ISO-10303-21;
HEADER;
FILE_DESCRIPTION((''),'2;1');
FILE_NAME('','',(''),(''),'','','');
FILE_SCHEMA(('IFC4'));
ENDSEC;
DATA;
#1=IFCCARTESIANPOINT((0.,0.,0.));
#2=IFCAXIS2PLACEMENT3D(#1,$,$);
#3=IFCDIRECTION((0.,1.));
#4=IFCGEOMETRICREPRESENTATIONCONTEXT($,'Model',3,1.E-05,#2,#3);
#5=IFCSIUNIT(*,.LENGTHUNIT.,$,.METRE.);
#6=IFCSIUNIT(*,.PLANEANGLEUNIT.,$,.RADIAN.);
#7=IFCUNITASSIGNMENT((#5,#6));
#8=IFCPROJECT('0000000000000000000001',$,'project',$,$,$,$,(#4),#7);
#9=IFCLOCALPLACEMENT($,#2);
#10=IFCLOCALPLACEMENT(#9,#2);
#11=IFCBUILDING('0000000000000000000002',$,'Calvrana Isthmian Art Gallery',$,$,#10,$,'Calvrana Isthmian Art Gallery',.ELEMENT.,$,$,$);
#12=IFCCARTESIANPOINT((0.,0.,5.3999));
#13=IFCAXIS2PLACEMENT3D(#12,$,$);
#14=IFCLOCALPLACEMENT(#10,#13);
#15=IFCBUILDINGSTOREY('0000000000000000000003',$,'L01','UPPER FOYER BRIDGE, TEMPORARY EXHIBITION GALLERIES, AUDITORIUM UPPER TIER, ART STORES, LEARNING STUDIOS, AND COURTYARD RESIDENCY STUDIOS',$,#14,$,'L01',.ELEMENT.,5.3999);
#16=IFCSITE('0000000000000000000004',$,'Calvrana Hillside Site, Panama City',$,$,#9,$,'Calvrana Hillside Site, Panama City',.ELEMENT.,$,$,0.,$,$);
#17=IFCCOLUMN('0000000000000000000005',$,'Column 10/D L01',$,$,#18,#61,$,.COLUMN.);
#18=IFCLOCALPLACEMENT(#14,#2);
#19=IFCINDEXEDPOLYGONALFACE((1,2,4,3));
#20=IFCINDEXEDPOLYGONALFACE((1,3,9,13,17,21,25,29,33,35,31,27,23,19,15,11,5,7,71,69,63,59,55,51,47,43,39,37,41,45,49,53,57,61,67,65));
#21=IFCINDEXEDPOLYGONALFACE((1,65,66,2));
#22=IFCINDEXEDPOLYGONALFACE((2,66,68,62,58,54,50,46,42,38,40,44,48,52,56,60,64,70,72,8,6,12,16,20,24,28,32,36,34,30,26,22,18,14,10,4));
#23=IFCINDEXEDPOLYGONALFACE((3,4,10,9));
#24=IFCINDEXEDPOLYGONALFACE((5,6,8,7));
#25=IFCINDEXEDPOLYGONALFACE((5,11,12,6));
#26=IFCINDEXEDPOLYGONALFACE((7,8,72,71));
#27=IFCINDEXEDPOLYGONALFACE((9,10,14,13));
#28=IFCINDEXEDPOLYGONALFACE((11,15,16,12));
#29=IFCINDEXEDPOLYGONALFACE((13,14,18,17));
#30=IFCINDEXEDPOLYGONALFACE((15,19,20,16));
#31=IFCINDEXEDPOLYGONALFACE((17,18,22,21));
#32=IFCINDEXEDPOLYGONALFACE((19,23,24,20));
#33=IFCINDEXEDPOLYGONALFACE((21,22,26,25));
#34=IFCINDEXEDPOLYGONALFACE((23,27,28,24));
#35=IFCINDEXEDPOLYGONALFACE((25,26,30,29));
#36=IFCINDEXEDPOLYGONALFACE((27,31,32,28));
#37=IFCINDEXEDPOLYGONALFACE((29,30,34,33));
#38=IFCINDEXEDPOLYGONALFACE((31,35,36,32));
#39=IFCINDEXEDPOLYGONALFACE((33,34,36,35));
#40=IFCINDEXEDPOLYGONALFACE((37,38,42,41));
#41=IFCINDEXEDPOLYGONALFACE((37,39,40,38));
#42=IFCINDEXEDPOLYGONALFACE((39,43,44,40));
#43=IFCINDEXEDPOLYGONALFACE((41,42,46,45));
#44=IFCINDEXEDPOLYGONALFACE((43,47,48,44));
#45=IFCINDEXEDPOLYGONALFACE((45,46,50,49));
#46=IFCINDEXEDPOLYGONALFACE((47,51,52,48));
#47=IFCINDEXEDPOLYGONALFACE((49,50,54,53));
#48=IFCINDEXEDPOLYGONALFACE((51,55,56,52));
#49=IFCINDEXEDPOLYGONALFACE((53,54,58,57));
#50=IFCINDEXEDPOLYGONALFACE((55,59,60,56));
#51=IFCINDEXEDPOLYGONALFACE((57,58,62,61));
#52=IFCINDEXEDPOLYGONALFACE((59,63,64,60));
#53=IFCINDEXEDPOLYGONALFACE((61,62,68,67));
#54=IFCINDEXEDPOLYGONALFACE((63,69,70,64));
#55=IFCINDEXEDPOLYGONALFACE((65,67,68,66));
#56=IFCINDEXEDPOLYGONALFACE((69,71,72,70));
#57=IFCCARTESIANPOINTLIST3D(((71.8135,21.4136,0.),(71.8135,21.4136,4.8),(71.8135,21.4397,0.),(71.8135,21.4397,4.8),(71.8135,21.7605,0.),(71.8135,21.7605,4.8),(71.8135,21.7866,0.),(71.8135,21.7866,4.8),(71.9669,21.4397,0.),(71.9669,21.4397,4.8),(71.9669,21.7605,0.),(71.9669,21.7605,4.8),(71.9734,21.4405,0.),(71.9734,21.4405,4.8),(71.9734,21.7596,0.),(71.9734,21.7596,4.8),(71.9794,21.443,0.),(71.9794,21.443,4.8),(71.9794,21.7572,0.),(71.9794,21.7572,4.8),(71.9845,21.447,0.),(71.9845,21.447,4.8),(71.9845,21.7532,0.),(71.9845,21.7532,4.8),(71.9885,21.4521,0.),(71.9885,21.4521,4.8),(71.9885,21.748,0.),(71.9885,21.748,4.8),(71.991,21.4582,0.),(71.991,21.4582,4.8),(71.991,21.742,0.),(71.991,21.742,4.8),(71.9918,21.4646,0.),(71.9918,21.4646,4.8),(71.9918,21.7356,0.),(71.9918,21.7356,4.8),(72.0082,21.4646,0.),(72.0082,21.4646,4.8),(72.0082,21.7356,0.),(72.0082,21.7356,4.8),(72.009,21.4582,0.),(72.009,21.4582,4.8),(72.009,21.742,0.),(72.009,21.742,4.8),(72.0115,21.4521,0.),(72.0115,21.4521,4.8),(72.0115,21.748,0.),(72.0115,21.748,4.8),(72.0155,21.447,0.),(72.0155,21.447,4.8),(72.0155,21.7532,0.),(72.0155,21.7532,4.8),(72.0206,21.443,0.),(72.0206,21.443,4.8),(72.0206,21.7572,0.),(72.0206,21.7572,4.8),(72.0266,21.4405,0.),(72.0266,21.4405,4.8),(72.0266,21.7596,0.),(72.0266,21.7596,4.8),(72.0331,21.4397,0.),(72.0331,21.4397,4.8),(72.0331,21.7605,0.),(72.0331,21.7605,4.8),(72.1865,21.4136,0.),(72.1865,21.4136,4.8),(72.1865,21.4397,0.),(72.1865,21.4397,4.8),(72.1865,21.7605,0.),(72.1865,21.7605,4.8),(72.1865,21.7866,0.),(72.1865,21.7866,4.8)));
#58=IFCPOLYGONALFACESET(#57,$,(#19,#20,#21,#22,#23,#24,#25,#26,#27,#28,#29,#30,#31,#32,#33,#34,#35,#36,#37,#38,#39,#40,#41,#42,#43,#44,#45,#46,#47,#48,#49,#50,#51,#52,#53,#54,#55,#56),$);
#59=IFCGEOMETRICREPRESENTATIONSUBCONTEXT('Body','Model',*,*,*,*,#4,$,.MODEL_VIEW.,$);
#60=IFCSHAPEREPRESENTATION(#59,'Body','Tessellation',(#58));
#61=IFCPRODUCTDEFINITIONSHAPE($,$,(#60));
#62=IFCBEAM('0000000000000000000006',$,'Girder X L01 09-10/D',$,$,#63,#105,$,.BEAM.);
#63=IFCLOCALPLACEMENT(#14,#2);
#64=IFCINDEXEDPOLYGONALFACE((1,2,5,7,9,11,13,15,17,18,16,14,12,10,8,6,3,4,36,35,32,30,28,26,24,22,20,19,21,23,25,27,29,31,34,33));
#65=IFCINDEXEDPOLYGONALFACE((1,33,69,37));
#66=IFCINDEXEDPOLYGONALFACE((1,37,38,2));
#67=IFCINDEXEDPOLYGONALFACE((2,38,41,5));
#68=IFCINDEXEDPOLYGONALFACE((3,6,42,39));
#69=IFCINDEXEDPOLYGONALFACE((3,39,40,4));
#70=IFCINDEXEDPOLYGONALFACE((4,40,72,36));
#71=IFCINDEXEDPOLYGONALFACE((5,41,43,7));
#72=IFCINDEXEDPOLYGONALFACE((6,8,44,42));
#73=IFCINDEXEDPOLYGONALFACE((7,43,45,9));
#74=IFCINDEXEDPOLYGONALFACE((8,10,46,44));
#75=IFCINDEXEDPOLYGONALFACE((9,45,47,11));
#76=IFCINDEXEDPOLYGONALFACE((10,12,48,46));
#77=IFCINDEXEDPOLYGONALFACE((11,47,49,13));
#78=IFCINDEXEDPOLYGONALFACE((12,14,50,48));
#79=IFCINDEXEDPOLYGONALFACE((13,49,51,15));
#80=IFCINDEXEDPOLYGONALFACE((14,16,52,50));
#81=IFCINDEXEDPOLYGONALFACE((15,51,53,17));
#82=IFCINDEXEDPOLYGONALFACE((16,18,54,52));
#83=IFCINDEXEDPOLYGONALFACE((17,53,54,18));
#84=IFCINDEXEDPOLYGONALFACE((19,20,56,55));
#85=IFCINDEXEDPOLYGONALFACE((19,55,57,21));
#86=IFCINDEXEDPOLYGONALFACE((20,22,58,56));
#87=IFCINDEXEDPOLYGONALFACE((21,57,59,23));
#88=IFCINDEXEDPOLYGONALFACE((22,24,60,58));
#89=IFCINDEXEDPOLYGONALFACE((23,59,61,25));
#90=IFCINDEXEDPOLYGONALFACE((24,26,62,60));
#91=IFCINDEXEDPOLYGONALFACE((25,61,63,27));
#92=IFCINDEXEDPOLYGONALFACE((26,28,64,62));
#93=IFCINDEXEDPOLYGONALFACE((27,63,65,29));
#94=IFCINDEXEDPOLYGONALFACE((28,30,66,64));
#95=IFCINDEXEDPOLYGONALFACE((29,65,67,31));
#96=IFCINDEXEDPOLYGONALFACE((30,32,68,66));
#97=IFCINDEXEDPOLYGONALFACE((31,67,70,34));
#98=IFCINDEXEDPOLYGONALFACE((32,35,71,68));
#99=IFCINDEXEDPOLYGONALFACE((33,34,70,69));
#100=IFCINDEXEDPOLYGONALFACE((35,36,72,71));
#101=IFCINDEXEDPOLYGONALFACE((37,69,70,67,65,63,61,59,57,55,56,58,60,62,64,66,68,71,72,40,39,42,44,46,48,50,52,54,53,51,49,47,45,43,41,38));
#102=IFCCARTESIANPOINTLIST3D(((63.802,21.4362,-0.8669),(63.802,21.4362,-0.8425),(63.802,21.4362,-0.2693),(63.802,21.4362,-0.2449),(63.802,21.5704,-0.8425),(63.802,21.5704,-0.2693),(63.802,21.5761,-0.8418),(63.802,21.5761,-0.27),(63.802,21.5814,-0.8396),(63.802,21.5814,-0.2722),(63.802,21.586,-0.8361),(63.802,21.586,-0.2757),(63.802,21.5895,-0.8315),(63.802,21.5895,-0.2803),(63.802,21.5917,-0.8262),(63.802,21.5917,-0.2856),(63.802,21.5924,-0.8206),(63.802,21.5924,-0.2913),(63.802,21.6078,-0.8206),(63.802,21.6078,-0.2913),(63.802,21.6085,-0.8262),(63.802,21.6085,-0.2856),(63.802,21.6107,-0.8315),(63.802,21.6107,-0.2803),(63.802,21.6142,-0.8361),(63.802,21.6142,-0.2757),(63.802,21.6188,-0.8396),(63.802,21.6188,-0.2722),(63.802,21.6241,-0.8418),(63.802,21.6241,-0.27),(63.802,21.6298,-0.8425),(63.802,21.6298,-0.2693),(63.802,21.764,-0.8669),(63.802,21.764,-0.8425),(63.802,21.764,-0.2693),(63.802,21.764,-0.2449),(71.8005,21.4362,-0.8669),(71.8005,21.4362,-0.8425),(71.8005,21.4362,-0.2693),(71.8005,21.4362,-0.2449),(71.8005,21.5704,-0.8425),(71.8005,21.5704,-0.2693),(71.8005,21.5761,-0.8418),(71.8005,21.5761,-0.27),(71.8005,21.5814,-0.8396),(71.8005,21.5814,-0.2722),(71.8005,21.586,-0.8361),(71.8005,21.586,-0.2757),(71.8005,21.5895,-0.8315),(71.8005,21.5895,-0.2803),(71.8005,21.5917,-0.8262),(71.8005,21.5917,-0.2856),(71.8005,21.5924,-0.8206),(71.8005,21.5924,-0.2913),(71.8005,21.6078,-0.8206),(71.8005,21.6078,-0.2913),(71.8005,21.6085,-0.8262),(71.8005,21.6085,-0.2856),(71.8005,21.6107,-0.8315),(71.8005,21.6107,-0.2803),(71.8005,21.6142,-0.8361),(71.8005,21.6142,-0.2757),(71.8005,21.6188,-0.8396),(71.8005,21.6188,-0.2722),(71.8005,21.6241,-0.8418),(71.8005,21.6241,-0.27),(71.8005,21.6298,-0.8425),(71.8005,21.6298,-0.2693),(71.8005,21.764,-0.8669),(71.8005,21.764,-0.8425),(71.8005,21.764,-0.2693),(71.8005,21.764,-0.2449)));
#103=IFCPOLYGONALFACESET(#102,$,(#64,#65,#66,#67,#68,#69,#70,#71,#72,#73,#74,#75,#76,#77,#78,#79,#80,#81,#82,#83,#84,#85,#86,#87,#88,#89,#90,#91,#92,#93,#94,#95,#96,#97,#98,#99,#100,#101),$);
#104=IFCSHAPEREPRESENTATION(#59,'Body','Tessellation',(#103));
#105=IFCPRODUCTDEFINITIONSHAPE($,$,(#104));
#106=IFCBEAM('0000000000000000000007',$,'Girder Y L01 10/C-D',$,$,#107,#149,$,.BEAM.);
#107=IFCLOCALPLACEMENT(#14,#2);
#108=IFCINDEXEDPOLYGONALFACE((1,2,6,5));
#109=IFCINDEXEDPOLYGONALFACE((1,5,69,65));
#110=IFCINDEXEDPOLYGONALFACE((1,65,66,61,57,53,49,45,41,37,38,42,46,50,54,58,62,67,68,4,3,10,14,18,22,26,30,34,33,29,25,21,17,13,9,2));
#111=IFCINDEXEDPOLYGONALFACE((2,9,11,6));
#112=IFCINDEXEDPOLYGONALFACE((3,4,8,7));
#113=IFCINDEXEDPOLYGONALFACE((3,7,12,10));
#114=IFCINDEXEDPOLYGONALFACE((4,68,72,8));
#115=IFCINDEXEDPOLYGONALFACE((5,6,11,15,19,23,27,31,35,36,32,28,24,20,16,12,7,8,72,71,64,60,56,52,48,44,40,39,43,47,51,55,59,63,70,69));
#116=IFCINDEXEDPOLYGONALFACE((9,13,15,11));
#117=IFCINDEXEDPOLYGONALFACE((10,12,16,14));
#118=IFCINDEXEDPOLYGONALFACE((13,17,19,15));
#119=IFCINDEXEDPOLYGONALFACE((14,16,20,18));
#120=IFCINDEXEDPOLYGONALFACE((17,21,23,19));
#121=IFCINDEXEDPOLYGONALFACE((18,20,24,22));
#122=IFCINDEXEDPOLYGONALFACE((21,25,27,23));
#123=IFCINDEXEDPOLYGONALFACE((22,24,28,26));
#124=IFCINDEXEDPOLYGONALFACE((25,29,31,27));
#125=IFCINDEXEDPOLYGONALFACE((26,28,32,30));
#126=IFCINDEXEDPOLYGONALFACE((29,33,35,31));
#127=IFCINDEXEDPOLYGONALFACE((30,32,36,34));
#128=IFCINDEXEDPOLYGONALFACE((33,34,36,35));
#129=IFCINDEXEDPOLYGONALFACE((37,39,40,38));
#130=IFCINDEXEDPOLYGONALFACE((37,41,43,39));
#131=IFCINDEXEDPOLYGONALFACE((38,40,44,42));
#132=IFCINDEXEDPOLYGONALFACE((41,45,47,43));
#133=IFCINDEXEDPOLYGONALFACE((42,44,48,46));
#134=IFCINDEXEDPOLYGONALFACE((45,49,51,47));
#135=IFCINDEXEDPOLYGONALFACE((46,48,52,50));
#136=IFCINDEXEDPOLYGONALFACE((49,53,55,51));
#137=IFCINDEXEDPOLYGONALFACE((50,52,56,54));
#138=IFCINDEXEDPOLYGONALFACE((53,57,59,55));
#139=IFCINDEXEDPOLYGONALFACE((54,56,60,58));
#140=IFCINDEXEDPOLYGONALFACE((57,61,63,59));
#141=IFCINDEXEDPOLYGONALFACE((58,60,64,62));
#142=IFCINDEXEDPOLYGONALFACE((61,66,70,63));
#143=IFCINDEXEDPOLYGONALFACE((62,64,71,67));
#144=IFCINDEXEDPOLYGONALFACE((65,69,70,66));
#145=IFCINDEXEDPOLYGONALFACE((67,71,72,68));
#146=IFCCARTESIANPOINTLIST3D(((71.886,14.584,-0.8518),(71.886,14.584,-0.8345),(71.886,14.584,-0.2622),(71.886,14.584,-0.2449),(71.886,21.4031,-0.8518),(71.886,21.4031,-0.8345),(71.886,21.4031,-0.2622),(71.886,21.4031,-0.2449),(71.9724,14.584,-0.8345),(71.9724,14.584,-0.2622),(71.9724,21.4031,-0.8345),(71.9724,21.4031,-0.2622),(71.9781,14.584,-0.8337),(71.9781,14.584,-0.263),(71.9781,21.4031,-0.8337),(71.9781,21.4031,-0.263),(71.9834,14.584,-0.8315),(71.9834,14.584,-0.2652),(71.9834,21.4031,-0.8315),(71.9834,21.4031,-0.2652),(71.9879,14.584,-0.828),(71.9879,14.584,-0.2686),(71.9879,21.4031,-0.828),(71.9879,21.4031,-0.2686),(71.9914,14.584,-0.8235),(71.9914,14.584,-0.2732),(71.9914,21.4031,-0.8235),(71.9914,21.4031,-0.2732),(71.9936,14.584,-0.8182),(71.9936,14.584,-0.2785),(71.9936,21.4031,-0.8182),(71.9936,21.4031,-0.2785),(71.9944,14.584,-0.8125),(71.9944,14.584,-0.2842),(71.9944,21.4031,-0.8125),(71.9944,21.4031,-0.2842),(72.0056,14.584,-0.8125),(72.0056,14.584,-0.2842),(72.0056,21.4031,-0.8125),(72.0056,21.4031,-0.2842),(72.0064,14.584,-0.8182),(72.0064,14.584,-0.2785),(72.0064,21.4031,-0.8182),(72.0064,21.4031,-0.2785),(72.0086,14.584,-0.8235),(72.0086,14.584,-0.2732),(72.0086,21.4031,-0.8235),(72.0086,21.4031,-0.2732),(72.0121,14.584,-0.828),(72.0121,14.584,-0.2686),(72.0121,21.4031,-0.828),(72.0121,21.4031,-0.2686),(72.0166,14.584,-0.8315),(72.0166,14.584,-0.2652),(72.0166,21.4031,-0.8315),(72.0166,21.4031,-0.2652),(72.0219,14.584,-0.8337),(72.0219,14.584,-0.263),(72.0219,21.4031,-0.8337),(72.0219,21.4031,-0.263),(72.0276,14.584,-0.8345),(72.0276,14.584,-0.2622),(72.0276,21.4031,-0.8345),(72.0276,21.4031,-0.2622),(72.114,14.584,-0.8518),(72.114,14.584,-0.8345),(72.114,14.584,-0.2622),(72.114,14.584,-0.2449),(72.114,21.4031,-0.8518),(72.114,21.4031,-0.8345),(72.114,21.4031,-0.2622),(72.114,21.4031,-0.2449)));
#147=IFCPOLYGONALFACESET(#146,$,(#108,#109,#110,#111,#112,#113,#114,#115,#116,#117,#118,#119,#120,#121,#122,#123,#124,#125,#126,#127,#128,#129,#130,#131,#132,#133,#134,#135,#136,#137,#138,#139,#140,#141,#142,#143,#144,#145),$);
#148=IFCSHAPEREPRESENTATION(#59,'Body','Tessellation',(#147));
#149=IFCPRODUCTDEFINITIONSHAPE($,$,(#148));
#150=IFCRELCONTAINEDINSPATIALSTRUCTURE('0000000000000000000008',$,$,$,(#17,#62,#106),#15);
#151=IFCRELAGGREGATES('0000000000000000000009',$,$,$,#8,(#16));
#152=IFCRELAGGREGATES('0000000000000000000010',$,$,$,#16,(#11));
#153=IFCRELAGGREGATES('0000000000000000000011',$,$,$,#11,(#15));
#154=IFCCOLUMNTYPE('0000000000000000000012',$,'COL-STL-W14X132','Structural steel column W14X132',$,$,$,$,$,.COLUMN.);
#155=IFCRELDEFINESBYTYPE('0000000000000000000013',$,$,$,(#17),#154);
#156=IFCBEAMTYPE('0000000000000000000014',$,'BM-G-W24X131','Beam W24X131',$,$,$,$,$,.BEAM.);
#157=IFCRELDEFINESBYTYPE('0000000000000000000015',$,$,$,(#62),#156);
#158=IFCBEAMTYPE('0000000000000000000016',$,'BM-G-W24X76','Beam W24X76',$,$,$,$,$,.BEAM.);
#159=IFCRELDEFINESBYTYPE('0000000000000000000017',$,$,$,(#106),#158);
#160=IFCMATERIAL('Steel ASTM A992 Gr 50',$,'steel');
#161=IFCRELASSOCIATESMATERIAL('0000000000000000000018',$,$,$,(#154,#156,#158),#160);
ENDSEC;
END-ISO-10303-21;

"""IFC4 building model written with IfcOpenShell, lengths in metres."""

from ifc_helpers import new_model, si_unit, direction, frame, origin, origin_2d, place, context, subcontext, project, spatial, i_section, extrude, material, material_profile, profile_set, type_object, element, save


model = new_model("IFC4")

# Units and contexts
model_context = context("Model", 3, precision=1e-05, world=origin(), true_north=direction((0.0, 1.0)))
body_context = subcontext(model_context, "Body", "Model", "MODEL_VIEW")
ifc_project = project(units=[si_unit("LENGTHUNIT", "METRE"), si_unit("PLANEANGLEUNIT", "RADIAN")], contexts=[model_context])

# Site, building, storey
site_placement = place(None, origin())
site = spatial("IfcSite", under=ifc_project, at=site_placement, Name="Calvrana Hillside Site, Panama City", LongName="Calvrana Hillside Site, Panama City", CompositionType="ELEMENT", RefElevation=0.0)
building_placement = place(site_placement, origin())
building = spatial("IfcBuilding", under=site, at=building_placement, Name="Calvrana Isthmian Art Gallery", LongName="Calvrana Isthmian Art Gallery", CompositionType="ELEMENT")
storey_placement = place(building_placement, frame((0.0, 0.0, 5.3999)))
storey = spatial("IfcBuildingStorey", under=building, at=storey_placement, Name="L01", Description="UPPER FOYER BRIDGE, TEMPORARY EXHIBITION GALLERIES, AUDITORIUM UPPER TIER, ART STORES, LEARNING STUDIOS, AND COURTYARD RESIDENCY STUDIOS", LongName="L01", CompositionType="ELEMENT", Elevation=5.3999)

# Column
ifc_material_1 = material(Name="Steel ASTM A992 Gr 50", Category="steel")
ifc_material_profile_1 = material_profile(ifc_material_1, i_section(OverallWidth=0.373, OverallDepth=0.373, WebThickness=0.0164, FlangeThickness=0.0261, FilletRadius=0.0249, at=origin_2d()), Name="W14X132")
ifc_profile_set_1 = profile_set([ifc_material_profile_1], Name="Steel ASTM A992 Gr 50")
column_type = type_object("IfcColumnType", Name="COL-STL-W14X132", Description="Structural steel column W14X132", PredefinedType="COLUMN", material=ifc_profile_set_1)
column_placement = place(storey_placement, frame((72.0, 21.6001, 0.0), z_axis=(0.0, 0.0, 1.0), x_axis=(1.0, 0.0, 0.0)))
element("IfcColumn", 1, at=column_placement, inside=storey, type_object=column_type, Name="Column 10/D L01", PredefinedType="COLUMN", context=body_context, shape_type="SweptSolid", body=[
    extrude(i_section(OverallWidth=0.373, OverallDepth=0.373, WebThickness=0.0164, FlangeThickness=0.0261, FilletRadius=0.0249, at=origin_2d()), origin(), (0.0, 0.0, 1.0), 4.8),
])

# Beams
ifc_material_profile_2 = material_profile(ifc_material_1, i_section(OverallWidth=0.3279, OverallDepth=0.6221, WebThickness=0.0154, FlangeThickness=0.0244, FilletRadius=0.022, at=origin_2d()), Name="W24X131")
ifc_profile_set_2 = profile_set([ifc_material_profile_2], Name="Steel ASTM A992 Gr 50")
beam_type_1 = type_object("IfcBeamType", Name="BM-G-W24X131", Description="Beam W24X131", PredefinedType="BEAM", material=ifc_profile_set_2)
beam_1_placement = place(storey_placement, frame((63.802, 21.6001, -0.5559), z_axis=(1.0, 0.0, 0.0), x_axis=(0.0, 1.0, 0.0)))
element("IfcBeam", 2, at=beam_1_placement, inside=storey, type_object=beam_type_1, Name="Girder X L01 09-10/D", PredefinedType="BEAM", context=body_context, shape_type="SweptSolid", body=[
    extrude(i_section(OverallWidth=0.3279, OverallDepth=0.6221, WebThickness=0.0154, FlangeThickness=0.0244, FilletRadius=0.022, at=origin_2d()), origin(), (0.0, 0.0, 1.0), 7.9985),
])
ifc_material_profile_3 = material_profile(ifc_material_1, i_section(OverallWidth=0.228, OverallDepth=0.6069, WebThickness=0.0112, FlangeThickness=0.0173, FilletRadius=0.022, at=origin_2d()), Name="W24X76")
ifc_profile_set_3 = profile_set([ifc_material_profile_3], Name="Steel ASTM A992 Gr 50")
beam_type_2 = type_object("IfcBeamType", Name="BM-G-W24X76", Description="Beam W24X76", PredefinedType="BEAM", material=ifc_profile_set_3)
beam_2_placement = place(storey_placement, frame((72.0, 14.584, -0.5483), z_axis=(0.0, 1.0, 0.0), x_axis=(-1.0, 0.0, 0.0)))
element("IfcBeam", 3, at=beam_2_placement, inside=storey, type_object=beam_type_2, Name="Girder Y L01 10/C-D", PredefinedType="BEAM", context=body_context, shape_type="SweptSolid", body=[
    extrude(i_section(OverallWidth=0.228, OverallDepth=0.6069, WebThickness=0.0112, FlangeThickness=0.0173, FilletRadius=0.022, at=origin_2d()), origin(), (0.0, 0.0, 1.0), 6.8191),
])

save(model, "model.ifc")
